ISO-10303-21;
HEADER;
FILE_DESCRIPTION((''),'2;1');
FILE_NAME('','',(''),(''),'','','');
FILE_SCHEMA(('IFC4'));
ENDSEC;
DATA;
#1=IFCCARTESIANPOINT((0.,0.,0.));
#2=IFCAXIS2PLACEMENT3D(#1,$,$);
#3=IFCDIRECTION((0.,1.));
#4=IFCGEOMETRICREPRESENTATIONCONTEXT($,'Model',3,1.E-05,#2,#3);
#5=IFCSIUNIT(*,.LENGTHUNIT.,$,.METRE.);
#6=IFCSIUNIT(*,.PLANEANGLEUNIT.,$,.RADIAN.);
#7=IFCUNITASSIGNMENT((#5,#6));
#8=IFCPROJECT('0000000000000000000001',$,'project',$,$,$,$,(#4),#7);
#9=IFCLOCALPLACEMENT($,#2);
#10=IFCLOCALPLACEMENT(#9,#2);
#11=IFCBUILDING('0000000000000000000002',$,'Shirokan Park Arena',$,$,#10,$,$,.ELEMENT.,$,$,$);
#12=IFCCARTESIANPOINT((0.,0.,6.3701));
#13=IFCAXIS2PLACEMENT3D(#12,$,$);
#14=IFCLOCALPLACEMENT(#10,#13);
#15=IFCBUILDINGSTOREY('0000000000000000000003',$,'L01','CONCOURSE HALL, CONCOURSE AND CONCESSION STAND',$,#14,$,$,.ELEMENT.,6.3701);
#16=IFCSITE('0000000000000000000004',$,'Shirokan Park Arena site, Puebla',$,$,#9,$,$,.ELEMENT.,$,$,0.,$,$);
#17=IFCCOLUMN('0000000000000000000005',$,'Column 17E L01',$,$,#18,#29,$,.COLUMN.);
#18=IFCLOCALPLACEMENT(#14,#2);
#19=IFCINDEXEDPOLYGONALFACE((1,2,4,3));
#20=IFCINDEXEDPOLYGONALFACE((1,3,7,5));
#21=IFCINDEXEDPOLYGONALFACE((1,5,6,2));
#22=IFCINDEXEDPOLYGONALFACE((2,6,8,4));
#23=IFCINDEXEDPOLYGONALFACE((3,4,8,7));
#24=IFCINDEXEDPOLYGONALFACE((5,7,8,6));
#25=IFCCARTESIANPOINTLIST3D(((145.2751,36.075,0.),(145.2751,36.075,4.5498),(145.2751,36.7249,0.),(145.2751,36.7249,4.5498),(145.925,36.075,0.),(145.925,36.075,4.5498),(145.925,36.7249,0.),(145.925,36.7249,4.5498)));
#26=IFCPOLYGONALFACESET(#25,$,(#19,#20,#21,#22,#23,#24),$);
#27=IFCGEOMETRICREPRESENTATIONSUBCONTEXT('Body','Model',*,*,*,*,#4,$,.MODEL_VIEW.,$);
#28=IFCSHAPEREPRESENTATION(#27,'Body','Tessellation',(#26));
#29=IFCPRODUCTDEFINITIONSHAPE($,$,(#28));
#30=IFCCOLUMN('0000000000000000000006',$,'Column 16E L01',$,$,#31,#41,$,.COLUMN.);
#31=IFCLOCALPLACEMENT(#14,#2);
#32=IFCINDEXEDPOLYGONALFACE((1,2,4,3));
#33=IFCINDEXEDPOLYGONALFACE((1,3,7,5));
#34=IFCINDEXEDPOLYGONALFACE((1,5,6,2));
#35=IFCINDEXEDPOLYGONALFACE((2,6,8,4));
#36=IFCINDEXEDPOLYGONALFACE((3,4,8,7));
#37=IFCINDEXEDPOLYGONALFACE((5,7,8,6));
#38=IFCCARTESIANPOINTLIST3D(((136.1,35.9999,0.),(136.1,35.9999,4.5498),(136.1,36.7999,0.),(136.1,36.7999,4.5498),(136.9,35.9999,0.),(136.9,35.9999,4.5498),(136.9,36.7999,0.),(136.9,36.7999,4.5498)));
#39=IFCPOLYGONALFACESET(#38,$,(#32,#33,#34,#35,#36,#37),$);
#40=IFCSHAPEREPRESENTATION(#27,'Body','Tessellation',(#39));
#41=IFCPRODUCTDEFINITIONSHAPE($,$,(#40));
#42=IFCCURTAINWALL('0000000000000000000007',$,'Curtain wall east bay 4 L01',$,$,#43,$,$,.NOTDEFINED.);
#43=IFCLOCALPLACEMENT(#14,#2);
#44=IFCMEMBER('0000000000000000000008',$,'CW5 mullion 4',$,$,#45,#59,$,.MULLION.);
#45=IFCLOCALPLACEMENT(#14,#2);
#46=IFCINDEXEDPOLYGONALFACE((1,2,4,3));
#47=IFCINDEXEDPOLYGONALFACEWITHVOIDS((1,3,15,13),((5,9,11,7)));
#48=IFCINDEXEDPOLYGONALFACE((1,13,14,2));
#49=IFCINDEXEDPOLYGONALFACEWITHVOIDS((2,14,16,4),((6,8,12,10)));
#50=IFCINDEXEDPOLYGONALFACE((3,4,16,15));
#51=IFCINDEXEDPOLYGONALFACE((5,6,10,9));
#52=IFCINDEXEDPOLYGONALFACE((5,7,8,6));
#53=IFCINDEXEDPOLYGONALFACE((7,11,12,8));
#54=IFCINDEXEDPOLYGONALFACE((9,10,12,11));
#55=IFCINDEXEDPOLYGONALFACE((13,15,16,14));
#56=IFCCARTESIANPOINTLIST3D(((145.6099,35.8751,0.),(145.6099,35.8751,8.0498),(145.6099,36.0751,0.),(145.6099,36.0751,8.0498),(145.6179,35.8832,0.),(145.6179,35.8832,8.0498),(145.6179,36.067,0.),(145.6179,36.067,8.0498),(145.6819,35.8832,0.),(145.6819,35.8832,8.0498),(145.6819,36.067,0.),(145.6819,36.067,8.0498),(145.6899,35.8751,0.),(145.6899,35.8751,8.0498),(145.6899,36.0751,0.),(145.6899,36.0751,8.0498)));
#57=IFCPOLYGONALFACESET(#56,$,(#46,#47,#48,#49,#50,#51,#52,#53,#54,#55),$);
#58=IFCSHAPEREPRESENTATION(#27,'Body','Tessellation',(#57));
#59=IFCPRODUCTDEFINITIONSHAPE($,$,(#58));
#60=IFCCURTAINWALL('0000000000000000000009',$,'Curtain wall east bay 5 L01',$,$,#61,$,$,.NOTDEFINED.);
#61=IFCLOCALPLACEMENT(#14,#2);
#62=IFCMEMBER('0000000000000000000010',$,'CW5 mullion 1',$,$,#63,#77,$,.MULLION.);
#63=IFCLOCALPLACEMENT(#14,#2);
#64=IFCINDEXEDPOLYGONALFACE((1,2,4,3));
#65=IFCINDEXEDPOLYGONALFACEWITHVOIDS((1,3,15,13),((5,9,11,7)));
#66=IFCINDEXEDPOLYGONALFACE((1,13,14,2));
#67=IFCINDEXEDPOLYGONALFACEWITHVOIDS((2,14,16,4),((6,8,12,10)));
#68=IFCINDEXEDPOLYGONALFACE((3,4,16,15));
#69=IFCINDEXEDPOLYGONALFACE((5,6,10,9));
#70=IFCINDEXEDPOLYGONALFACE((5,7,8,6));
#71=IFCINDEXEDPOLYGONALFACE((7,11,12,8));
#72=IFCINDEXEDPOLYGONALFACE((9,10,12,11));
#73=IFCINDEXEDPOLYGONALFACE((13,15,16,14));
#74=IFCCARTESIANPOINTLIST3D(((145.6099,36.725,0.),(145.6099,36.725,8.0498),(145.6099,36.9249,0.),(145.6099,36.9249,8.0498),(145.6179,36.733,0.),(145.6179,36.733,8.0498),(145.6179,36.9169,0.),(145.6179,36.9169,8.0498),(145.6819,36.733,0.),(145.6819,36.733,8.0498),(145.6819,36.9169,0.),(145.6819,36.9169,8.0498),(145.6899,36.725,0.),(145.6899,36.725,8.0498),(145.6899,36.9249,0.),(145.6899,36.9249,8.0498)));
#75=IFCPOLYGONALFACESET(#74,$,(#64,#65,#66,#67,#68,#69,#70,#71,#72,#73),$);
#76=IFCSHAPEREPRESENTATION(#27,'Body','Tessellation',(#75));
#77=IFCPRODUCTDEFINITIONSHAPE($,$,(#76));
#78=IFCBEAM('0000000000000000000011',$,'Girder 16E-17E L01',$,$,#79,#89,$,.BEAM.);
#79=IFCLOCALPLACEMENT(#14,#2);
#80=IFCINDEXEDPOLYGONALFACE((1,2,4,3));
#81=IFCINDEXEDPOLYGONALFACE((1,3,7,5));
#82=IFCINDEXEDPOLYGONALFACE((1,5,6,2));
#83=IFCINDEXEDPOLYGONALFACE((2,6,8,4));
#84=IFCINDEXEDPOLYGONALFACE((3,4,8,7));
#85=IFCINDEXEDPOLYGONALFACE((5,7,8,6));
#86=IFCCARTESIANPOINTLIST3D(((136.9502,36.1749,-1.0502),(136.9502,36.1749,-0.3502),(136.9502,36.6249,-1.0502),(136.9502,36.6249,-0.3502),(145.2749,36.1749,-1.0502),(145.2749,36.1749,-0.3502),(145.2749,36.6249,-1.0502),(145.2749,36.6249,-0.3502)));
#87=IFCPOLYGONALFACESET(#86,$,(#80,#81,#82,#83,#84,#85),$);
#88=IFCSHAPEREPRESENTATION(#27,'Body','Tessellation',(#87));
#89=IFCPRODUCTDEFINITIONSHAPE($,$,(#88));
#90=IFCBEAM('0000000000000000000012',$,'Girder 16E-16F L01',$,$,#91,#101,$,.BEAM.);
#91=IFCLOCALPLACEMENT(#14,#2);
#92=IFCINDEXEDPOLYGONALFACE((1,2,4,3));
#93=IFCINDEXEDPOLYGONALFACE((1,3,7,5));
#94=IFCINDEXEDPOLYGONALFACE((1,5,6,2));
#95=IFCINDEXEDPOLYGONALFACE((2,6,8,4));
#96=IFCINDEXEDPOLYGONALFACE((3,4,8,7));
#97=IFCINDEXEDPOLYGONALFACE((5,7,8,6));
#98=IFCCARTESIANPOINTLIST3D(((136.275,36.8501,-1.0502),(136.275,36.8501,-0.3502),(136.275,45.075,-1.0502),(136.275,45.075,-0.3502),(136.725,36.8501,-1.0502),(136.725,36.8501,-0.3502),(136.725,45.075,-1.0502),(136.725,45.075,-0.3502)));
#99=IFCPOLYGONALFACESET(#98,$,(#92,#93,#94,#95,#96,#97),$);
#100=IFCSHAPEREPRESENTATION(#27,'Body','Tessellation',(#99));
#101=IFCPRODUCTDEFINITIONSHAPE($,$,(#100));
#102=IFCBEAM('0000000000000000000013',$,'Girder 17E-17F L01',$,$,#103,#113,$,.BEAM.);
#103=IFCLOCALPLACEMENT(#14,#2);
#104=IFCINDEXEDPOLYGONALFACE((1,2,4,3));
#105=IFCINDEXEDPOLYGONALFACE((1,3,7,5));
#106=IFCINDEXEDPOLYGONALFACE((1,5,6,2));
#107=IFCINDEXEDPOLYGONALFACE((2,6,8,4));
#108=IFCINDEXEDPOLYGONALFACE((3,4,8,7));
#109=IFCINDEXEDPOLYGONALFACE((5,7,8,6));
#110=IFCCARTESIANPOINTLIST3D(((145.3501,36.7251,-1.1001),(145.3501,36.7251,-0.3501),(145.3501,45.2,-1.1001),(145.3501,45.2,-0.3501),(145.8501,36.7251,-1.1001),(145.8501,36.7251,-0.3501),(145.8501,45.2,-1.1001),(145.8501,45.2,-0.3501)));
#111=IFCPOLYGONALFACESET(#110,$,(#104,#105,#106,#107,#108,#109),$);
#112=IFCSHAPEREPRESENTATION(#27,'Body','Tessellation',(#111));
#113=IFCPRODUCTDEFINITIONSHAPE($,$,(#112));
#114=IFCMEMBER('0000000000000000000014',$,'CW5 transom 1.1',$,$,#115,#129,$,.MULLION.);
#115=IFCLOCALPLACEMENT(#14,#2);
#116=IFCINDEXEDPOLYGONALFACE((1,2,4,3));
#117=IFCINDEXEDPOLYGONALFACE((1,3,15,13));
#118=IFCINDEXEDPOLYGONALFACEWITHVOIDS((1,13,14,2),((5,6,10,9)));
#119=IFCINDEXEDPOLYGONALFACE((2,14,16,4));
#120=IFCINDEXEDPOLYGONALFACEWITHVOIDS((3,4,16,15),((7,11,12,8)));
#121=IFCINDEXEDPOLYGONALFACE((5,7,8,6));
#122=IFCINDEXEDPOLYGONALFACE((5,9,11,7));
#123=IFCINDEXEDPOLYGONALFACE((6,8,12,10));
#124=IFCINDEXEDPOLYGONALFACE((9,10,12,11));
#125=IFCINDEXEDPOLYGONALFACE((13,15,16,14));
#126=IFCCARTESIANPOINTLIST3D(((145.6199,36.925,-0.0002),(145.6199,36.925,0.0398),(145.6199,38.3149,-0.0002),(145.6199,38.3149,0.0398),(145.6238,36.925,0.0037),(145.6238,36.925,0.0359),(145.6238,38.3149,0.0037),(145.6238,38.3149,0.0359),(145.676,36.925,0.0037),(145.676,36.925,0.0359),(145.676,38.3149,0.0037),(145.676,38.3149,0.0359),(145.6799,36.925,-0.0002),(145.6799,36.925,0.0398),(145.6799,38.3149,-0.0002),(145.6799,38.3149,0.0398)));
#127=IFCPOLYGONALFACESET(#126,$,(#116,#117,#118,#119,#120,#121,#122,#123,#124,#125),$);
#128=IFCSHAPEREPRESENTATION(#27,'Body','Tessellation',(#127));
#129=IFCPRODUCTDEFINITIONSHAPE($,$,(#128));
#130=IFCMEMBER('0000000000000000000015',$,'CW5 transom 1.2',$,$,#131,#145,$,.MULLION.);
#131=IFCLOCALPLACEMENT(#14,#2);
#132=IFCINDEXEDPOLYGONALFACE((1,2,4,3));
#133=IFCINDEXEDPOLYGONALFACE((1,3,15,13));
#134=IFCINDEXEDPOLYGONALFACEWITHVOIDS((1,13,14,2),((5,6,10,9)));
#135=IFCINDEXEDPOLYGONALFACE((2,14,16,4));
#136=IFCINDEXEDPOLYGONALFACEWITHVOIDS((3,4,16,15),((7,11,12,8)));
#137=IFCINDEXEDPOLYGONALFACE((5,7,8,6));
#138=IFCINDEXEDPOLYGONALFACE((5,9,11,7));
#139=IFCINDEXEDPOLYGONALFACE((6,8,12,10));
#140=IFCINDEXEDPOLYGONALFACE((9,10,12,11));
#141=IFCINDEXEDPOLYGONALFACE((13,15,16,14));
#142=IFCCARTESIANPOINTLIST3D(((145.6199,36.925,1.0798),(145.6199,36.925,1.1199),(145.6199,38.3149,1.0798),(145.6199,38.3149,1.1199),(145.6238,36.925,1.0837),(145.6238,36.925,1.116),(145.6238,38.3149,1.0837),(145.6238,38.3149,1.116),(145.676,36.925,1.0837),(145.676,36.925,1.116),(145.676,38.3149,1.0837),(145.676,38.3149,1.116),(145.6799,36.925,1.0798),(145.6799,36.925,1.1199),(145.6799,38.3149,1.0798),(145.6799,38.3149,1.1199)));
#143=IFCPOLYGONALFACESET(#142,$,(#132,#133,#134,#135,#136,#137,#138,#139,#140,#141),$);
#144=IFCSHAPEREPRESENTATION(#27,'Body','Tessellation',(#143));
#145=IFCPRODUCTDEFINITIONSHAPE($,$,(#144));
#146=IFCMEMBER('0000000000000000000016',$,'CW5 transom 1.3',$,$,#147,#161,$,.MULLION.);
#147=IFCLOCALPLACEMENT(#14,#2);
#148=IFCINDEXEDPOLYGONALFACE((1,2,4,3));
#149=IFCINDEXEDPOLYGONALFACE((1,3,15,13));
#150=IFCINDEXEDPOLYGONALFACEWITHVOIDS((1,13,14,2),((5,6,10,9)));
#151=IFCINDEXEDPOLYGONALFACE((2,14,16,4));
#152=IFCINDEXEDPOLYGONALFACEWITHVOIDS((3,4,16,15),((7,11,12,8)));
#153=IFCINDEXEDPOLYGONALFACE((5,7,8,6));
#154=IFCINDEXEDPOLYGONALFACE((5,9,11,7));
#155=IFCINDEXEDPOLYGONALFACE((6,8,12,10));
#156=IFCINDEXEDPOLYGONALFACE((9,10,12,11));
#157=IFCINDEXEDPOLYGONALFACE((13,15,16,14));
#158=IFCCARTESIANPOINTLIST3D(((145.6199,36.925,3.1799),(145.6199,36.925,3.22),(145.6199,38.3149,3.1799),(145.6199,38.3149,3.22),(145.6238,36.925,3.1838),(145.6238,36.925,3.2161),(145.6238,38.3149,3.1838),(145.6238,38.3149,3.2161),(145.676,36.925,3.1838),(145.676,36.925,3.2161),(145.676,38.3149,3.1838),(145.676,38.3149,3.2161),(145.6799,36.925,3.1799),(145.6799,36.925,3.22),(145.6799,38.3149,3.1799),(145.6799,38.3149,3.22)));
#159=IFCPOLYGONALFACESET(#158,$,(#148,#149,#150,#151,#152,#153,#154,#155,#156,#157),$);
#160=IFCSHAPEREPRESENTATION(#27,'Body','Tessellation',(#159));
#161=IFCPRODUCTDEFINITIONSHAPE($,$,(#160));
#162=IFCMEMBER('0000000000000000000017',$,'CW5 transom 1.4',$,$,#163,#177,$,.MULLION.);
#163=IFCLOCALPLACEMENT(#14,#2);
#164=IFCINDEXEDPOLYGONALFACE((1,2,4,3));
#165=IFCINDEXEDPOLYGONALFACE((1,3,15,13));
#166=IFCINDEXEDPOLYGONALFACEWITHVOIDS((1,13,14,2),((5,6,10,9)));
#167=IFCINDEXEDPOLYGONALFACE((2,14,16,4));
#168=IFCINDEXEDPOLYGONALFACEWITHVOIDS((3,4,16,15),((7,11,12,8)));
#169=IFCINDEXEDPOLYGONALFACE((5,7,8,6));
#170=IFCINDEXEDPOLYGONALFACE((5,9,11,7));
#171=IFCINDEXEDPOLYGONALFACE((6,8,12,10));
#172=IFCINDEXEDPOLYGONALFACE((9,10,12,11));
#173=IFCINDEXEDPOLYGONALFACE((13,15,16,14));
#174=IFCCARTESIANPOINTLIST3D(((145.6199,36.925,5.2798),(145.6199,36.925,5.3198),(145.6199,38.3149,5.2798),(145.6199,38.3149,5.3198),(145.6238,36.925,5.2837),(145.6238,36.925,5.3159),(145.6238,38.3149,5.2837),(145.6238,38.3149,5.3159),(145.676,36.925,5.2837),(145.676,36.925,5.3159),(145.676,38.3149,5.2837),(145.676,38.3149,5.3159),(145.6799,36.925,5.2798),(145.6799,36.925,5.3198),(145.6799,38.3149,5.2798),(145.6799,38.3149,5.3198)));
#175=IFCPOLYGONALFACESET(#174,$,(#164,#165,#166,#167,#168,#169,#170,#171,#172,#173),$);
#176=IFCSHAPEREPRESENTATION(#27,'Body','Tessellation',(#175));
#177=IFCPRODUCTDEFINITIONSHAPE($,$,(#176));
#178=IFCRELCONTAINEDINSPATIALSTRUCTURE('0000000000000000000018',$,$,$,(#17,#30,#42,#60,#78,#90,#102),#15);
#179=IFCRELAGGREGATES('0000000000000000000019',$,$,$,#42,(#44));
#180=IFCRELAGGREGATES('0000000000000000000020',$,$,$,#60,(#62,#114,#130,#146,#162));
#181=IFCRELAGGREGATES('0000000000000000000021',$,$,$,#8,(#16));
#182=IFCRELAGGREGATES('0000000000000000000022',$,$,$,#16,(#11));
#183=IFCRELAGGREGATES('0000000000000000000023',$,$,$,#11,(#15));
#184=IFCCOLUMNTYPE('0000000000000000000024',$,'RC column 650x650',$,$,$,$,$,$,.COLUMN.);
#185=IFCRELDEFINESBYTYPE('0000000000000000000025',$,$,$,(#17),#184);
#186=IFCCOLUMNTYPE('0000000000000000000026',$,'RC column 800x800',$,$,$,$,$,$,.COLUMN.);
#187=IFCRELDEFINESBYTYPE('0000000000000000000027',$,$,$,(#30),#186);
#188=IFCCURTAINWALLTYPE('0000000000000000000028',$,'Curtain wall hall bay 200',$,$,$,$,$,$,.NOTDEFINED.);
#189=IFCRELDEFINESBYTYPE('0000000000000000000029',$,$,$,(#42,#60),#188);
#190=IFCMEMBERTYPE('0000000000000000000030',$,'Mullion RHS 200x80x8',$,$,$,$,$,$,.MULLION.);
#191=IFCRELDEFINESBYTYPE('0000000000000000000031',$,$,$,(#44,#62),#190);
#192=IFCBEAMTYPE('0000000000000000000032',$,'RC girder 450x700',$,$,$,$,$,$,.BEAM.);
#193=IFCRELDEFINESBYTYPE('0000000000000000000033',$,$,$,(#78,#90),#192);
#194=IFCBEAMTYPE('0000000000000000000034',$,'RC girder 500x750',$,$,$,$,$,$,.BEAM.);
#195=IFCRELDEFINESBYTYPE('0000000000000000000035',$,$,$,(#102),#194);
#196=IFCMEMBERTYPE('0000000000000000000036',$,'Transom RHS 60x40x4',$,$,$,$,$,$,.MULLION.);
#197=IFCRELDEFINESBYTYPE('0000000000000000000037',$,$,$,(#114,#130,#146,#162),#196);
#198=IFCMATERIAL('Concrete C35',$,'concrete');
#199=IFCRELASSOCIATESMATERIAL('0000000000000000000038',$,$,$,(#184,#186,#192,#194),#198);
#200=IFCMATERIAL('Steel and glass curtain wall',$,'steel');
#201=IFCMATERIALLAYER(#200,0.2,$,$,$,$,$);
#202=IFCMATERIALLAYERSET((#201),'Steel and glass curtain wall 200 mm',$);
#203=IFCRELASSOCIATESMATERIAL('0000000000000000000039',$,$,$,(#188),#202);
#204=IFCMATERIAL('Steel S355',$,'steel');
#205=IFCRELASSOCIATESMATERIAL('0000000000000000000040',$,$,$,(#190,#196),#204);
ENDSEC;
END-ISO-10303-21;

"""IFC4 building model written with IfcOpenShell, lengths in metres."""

from ifc_helpers import new_model, si_unit, direction, frame, origin, origin_2d, place, context, subcontext, project, spatial, rectangle, hollow_rectangle, extrude, material, layer, layer_set, material_profile, profile_set, type_object, element, aggregate, save


model = new_model("IFC4")

# Units and contexts
model_context = context("Model", 3, precision=1e-05, world=origin(), true_north=direction((0.0, 1.0)))
body_context = subcontext(model_context, "Body", "Model", "MODEL_VIEW")
ifc_project = project(units=[si_unit("LENGTHUNIT", "METRE"), si_unit("PLANEANGLEUNIT", "RADIAN")], contexts=[model_context])

# Site, building, storey
site_placement = place(None, origin())
site = spatial("IfcSite", under=ifc_project, at=site_placement, Name="Shirokan Park Arena site, Puebla", CompositionType="ELEMENT", RefElevation=0.0)
building_placement = place(site_placement, origin())
building = spatial("IfcBuilding", under=site, at=building_placement, Name="Shirokan Park Arena", CompositionType="ELEMENT")
storey_placement = place(building_placement, frame((0.0, 0.0, 6.3701)))
storey = spatial("IfcBuildingStorey", under=building, at=storey_placement, Name="L01", Description="CONCOURSE HALL, CONCOURSE AND CONCESSION STAND", CompositionType="ELEMENT", Elevation=6.3701)

# Columns
ifc_material_1 = material(Name="Concrete C35", Category="concrete")
ifc_material_profile_1 = material_profile(ifc_material_1, rectangle(XDim=0.6499, YDim=0.6499, at=origin_2d()), Name="650x650")
ifc_profile_set_1 = profile_set([ifc_material_profile_1], Name="Concrete C35")
column_type_1 = type_object("IfcColumnType", Name="RC column 650x650", PredefinedType="COLUMN", material=ifc_profile_set_1)
column_1_placement = place(storey_placement, frame((145.6001, 36.3999, 0.0), z_axis=(0.0, 0.0, 1.0), x_axis=(1.0, 0.0, 0.0)))
element("IfcColumn", 1, at=column_1_placement, inside=storey, type_object=column_type_1, Name="Column 17E L01", PredefinedType="COLUMN", context=body_context, shape_type="SweptSolid", body=[
    extrude(rectangle(XDim=0.6499, YDim=0.6499, at=origin_2d()), origin(), (0.0, 0.0, 1.0), 4.5498),
])
ifc_material_profile_2 = material_profile(ifc_material_1, rectangle(XDim=0.8, YDim=0.8, at=origin_2d()), Name="800x800")
ifc_profile_set_2 = profile_set([ifc_material_profile_2], Name="Concrete C35")
column_type_2 = type_object("IfcColumnType", Name="RC column 800x800", PredefinedType="COLUMN", material=ifc_profile_set_2)
column_2_placement = place(storey_placement, frame((136.5, 36.3999, 0.0), z_axis=(0.0, 0.0, 1.0), x_axis=(1.0, 0.0, 0.0)))
element("IfcColumn", 2, at=column_2_placement, inside=storey, type_object=column_type_2, Name="Column 16E L01", PredefinedType="COLUMN", context=body_context, shape_type="SweptSolid", body=[
    extrude(rectangle(XDim=0.8, YDim=0.8, at=origin_2d()), origin(), (0.0, 0.0, 1.0), 4.5498),
])

# Curtain walls, members
ifc_material_2 = material(Name="Steel and glass curtain wall", Category="steel")
ifc_layer_1 = layer(ifc_material_2, 0.2)
ifc_layer_set_1 = layer_set([ifc_layer_1], Name="Steel and glass curtain wall 200 mm")
curtain_wall_type = type_object("IfcCurtainWallType", Name="Curtain wall hall bay 200", PredefinedType="NOTDEFINED", material=ifc_layer_set_1)
curtain_wall_1_placement = place(storey_placement, origin())
curtain_wall_1 = element("IfcCurtainWall", 3, at=curtain_wall_1_placement, inside=storey, type_object=curtain_wall_type, Name="Curtain wall east bay 4 L01", PredefinedType="NOTDEFINED")
ifc_material_3 = material(Name="Steel S355", Category="steel")
ifc_material_profile_3 = material_profile(ifc_material_3, hollow_rectangle(XDim=0.0801, YDim=0.2, WallThickness=0.0081, at=origin_2d()), Name="RHS 200x80x8")
ifc_profile_set_3 = profile_set([ifc_material_profile_3], Name="Steel S355")
member_type_1 = type_object("IfcMemberType", Name="Mullion RHS 200x80x8", PredefinedType="MULLION", material=ifc_profile_set_3)
member_1_placement = place(storey_placement, frame((145.6499, 35.9751, 0.0), z_axis=(0.0, 0.0, 1.0), x_axis=(-1.0, 0.0, 0.0)))
member_1 = element("IfcMember", 4, at=member_1_placement, type_object=member_type_1, Name="CW5 mullion 4", PredefinedType="MULLION", context=body_context, shape_type="SweptSolid", body=[
    extrude(hollow_rectangle(XDim=0.0801, YDim=0.2, WallThickness=0.0081, at=origin_2d()), origin(), (0.0, 0.0, 1.0), 8.0498),
])
aggregate(curtain_wall_1, [member_1])
curtain_wall_2_placement = place(storey_placement, origin())
curtain_wall_2 = element("IfcCurtainWall", 5, at=curtain_wall_2_placement, inside=storey, type_object=curtain_wall_type, Name="Curtain wall east bay 5 L01", PredefinedType="NOTDEFINED")
member_2_placement = place(storey_placement, frame((145.6499, 36.825, 0.0), z_axis=(0.0, 0.0, 1.0), x_axis=(-1.0, 0.0, 0.0)))
member_2 = element("IfcMember", 6, at=member_2_placement, type_object=member_type_1, Name="CW5 mullion 1", PredefinedType="MULLION", context=body_context, shape_type="SweptSolid", body=[
    extrude(hollow_rectangle(XDim=0.0801, YDim=0.2, WallThickness=0.0081, at=origin_2d()), origin(), (0.0, 0.0, 1.0), 8.0498),
])

# Beams
ifc_material_profile_4 = material_profile(ifc_material_1, rectangle(XDim=0.45, YDim=0.7, at=origin_2d()), Name="450x700")
ifc_profile_set_4 = profile_set([ifc_material_profile_4], Name="Concrete C35")
beam_type_1 = type_object("IfcBeamType", Name="RC girder 450x700", PredefinedType="BEAM", material=ifc_profile_set_4)
beam_1_placement = place(storey_placement, frame((136.9502, 36.3999, -0.7002), z_axis=(1.0, 0.0, 0.0), x_axis=(0.0, 1.0, 0.0)))
element("IfcBeam", 7, at=beam_1_placement, inside=storey, type_object=beam_type_1, Name="Girder 16E-17E L01", PredefinedType="BEAM", context=body_context, shape_type="SweptSolid", body=[
    extrude(rectangle(XDim=0.45, YDim=0.7, at=origin_2d()), origin(), (0.0, 0.0, 1.0), 8.3247),
])
beam_2_placement = place(storey_placement, frame((136.5, 36.8501, -0.7002), z_axis=(0.0, 1.0, 0.0), x_axis=(-1.0, 0.0, 0.0)))
element("IfcBeam", 8, at=beam_2_placement, inside=storey, type_object=beam_type_1, Name="Girder 16E-16F L01", PredefinedType="BEAM", context=body_context, shape_type="SweptSolid", body=[
    extrude(rectangle(XDim=0.45, YDim=0.7, at=origin_2d()), origin(), (0.0, 0.0, 1.0), 8.2249),
])
ifc_material_profile_5 = material_profile(ifc_material_1, rectangle(XDim=0.5, YDim=0.75, at=origin_2d()), Name="500x750")
ifc_profile_set_5 = profile_set([ifc_material_profile_5], Name="Concrete C35")
beam_type_2 = type_object("IfcBeamType", Name="RC girder 500x750", PredefinedType="BEAM", material=ifc_profile_set_5)
beam_3_placement = place(storey_placement, frame((145.6001, 36.7251, -0.7251), z_axis=(0.0, 1.0, 0.0), x_axis=(-1.0, 0.0, 0.0)))
element("IfcBeam", 9, at=beam_3_placement, inside=storey, type_object=beam_type_2, Name="Girder 17E-17F L01", PredefinedType="BEAM", context=body_context, shape_type="SweptSolid", body=[
    extrude(rectangle(XDim=0.5, YDim=0.75, at=origin_2d()), origin(), (0.0, 0.0, 1.0), 8.4749),
])

# Members
ifc_material_profile_6 = material_profile(ifc_material_3, hollow_rectangle(XDim=0.0601, YDim=0.04, WallThickness=0.0039, at=origin_2d()), Name="RHS 60x40x4")
ifc_profile_set_6 = profile_set([ifc_material_profile_6], Name="Steel S355")
member_type_2 = type_object("IfcMemberType", Name="Transom RHS 60x40x4", PredefinedType="MULLION", material=ifc_profile_set_6)
member_3_placement = place(storey_placement, frame((145.6499, 36.925, 0.0198), z_axis=(0.0, 1.0, 0.0), x_axis=(-1.0, 0.0, 0.0)))
member_3 = element("IfcMember", 10, at=member_3_placement, type_object=member_type_2, Name="CW5 transom 1.1", PredefinedType="MULLION", context=body_context, shape_type="SweptSolid", body=[
    extrude(hollow_rectangle(XDim=0.0601, YDim=0.04, WallThickness=0.0039, at=origin_2d()), origin(), (0.0, 0.0, 1.0), 1.3899),
])
member_4_placement = place(storey_placement, frame((145.6499, 36.925, 1.0999), z_axis=(0.0, 1.0, 0.0), x_axis=(-1.0, 0.0, 0.0)))
member_4 = element("IfcMember", 11, at=member_4_placement, type_object=member_type_2, Name="CW5 transom 1.2", PredefinedType="MULLION", context=body_context, shape_type="SweptSolid", body=[
    extrude(hollow_rectangle(XDim=0.0601, YDim=0.04, WallThickness=0.0039, at=origin_2d()), origin(), (0.0, 0.0, 1.0), 1.3899),
])
member_5_placement = place(storey_placement, frame((145.6499, 36.925, 3.2), z_axis=(0.0, 1.0, 0.0), x_axis=(-1.0, 0.0, 0.0)))
member_5 = element("IfcMember", 12, at=member_5_placement, type_object=member_type_2, Name="CW5 transom 1.3", PredefinedType="MULLION", context=body_context, shape_type="SweptSolid", body=[
    extrude(hollow_rectangle(XDim=0.0601, YDim=0.04, WallThickness=0.0039, at=origin_2d()), origin(), (0.0, 0.0, 1.0), 1.3899),
])
member_6_placement = place(storey_placement, frame((145.6499, 36.925, 5.2998), z_axis=(0.0, 1.0, 0.0), x_axis=(-1.0, 0.0, 0.0)))
member_6 = element("IfcMember", 13, at=member_6_placement, type_object=member_type_2, Name="CW5 transom 1.4", PredefinedType="MULLION", context=body_context, shape_type="SweptSolid", body=[
    extrude(hollow_rectangle(XDim=0.0601, YDim=0.04, WallThickness=0.0039, at=origin_2d()), origin(), (0.0, 0.0, 1.0), 1.3899),
])

aggregate(curtain_wall_2, [member_2, member_3, member_4, member_5, member_6])

save(model, "model.ifc")
